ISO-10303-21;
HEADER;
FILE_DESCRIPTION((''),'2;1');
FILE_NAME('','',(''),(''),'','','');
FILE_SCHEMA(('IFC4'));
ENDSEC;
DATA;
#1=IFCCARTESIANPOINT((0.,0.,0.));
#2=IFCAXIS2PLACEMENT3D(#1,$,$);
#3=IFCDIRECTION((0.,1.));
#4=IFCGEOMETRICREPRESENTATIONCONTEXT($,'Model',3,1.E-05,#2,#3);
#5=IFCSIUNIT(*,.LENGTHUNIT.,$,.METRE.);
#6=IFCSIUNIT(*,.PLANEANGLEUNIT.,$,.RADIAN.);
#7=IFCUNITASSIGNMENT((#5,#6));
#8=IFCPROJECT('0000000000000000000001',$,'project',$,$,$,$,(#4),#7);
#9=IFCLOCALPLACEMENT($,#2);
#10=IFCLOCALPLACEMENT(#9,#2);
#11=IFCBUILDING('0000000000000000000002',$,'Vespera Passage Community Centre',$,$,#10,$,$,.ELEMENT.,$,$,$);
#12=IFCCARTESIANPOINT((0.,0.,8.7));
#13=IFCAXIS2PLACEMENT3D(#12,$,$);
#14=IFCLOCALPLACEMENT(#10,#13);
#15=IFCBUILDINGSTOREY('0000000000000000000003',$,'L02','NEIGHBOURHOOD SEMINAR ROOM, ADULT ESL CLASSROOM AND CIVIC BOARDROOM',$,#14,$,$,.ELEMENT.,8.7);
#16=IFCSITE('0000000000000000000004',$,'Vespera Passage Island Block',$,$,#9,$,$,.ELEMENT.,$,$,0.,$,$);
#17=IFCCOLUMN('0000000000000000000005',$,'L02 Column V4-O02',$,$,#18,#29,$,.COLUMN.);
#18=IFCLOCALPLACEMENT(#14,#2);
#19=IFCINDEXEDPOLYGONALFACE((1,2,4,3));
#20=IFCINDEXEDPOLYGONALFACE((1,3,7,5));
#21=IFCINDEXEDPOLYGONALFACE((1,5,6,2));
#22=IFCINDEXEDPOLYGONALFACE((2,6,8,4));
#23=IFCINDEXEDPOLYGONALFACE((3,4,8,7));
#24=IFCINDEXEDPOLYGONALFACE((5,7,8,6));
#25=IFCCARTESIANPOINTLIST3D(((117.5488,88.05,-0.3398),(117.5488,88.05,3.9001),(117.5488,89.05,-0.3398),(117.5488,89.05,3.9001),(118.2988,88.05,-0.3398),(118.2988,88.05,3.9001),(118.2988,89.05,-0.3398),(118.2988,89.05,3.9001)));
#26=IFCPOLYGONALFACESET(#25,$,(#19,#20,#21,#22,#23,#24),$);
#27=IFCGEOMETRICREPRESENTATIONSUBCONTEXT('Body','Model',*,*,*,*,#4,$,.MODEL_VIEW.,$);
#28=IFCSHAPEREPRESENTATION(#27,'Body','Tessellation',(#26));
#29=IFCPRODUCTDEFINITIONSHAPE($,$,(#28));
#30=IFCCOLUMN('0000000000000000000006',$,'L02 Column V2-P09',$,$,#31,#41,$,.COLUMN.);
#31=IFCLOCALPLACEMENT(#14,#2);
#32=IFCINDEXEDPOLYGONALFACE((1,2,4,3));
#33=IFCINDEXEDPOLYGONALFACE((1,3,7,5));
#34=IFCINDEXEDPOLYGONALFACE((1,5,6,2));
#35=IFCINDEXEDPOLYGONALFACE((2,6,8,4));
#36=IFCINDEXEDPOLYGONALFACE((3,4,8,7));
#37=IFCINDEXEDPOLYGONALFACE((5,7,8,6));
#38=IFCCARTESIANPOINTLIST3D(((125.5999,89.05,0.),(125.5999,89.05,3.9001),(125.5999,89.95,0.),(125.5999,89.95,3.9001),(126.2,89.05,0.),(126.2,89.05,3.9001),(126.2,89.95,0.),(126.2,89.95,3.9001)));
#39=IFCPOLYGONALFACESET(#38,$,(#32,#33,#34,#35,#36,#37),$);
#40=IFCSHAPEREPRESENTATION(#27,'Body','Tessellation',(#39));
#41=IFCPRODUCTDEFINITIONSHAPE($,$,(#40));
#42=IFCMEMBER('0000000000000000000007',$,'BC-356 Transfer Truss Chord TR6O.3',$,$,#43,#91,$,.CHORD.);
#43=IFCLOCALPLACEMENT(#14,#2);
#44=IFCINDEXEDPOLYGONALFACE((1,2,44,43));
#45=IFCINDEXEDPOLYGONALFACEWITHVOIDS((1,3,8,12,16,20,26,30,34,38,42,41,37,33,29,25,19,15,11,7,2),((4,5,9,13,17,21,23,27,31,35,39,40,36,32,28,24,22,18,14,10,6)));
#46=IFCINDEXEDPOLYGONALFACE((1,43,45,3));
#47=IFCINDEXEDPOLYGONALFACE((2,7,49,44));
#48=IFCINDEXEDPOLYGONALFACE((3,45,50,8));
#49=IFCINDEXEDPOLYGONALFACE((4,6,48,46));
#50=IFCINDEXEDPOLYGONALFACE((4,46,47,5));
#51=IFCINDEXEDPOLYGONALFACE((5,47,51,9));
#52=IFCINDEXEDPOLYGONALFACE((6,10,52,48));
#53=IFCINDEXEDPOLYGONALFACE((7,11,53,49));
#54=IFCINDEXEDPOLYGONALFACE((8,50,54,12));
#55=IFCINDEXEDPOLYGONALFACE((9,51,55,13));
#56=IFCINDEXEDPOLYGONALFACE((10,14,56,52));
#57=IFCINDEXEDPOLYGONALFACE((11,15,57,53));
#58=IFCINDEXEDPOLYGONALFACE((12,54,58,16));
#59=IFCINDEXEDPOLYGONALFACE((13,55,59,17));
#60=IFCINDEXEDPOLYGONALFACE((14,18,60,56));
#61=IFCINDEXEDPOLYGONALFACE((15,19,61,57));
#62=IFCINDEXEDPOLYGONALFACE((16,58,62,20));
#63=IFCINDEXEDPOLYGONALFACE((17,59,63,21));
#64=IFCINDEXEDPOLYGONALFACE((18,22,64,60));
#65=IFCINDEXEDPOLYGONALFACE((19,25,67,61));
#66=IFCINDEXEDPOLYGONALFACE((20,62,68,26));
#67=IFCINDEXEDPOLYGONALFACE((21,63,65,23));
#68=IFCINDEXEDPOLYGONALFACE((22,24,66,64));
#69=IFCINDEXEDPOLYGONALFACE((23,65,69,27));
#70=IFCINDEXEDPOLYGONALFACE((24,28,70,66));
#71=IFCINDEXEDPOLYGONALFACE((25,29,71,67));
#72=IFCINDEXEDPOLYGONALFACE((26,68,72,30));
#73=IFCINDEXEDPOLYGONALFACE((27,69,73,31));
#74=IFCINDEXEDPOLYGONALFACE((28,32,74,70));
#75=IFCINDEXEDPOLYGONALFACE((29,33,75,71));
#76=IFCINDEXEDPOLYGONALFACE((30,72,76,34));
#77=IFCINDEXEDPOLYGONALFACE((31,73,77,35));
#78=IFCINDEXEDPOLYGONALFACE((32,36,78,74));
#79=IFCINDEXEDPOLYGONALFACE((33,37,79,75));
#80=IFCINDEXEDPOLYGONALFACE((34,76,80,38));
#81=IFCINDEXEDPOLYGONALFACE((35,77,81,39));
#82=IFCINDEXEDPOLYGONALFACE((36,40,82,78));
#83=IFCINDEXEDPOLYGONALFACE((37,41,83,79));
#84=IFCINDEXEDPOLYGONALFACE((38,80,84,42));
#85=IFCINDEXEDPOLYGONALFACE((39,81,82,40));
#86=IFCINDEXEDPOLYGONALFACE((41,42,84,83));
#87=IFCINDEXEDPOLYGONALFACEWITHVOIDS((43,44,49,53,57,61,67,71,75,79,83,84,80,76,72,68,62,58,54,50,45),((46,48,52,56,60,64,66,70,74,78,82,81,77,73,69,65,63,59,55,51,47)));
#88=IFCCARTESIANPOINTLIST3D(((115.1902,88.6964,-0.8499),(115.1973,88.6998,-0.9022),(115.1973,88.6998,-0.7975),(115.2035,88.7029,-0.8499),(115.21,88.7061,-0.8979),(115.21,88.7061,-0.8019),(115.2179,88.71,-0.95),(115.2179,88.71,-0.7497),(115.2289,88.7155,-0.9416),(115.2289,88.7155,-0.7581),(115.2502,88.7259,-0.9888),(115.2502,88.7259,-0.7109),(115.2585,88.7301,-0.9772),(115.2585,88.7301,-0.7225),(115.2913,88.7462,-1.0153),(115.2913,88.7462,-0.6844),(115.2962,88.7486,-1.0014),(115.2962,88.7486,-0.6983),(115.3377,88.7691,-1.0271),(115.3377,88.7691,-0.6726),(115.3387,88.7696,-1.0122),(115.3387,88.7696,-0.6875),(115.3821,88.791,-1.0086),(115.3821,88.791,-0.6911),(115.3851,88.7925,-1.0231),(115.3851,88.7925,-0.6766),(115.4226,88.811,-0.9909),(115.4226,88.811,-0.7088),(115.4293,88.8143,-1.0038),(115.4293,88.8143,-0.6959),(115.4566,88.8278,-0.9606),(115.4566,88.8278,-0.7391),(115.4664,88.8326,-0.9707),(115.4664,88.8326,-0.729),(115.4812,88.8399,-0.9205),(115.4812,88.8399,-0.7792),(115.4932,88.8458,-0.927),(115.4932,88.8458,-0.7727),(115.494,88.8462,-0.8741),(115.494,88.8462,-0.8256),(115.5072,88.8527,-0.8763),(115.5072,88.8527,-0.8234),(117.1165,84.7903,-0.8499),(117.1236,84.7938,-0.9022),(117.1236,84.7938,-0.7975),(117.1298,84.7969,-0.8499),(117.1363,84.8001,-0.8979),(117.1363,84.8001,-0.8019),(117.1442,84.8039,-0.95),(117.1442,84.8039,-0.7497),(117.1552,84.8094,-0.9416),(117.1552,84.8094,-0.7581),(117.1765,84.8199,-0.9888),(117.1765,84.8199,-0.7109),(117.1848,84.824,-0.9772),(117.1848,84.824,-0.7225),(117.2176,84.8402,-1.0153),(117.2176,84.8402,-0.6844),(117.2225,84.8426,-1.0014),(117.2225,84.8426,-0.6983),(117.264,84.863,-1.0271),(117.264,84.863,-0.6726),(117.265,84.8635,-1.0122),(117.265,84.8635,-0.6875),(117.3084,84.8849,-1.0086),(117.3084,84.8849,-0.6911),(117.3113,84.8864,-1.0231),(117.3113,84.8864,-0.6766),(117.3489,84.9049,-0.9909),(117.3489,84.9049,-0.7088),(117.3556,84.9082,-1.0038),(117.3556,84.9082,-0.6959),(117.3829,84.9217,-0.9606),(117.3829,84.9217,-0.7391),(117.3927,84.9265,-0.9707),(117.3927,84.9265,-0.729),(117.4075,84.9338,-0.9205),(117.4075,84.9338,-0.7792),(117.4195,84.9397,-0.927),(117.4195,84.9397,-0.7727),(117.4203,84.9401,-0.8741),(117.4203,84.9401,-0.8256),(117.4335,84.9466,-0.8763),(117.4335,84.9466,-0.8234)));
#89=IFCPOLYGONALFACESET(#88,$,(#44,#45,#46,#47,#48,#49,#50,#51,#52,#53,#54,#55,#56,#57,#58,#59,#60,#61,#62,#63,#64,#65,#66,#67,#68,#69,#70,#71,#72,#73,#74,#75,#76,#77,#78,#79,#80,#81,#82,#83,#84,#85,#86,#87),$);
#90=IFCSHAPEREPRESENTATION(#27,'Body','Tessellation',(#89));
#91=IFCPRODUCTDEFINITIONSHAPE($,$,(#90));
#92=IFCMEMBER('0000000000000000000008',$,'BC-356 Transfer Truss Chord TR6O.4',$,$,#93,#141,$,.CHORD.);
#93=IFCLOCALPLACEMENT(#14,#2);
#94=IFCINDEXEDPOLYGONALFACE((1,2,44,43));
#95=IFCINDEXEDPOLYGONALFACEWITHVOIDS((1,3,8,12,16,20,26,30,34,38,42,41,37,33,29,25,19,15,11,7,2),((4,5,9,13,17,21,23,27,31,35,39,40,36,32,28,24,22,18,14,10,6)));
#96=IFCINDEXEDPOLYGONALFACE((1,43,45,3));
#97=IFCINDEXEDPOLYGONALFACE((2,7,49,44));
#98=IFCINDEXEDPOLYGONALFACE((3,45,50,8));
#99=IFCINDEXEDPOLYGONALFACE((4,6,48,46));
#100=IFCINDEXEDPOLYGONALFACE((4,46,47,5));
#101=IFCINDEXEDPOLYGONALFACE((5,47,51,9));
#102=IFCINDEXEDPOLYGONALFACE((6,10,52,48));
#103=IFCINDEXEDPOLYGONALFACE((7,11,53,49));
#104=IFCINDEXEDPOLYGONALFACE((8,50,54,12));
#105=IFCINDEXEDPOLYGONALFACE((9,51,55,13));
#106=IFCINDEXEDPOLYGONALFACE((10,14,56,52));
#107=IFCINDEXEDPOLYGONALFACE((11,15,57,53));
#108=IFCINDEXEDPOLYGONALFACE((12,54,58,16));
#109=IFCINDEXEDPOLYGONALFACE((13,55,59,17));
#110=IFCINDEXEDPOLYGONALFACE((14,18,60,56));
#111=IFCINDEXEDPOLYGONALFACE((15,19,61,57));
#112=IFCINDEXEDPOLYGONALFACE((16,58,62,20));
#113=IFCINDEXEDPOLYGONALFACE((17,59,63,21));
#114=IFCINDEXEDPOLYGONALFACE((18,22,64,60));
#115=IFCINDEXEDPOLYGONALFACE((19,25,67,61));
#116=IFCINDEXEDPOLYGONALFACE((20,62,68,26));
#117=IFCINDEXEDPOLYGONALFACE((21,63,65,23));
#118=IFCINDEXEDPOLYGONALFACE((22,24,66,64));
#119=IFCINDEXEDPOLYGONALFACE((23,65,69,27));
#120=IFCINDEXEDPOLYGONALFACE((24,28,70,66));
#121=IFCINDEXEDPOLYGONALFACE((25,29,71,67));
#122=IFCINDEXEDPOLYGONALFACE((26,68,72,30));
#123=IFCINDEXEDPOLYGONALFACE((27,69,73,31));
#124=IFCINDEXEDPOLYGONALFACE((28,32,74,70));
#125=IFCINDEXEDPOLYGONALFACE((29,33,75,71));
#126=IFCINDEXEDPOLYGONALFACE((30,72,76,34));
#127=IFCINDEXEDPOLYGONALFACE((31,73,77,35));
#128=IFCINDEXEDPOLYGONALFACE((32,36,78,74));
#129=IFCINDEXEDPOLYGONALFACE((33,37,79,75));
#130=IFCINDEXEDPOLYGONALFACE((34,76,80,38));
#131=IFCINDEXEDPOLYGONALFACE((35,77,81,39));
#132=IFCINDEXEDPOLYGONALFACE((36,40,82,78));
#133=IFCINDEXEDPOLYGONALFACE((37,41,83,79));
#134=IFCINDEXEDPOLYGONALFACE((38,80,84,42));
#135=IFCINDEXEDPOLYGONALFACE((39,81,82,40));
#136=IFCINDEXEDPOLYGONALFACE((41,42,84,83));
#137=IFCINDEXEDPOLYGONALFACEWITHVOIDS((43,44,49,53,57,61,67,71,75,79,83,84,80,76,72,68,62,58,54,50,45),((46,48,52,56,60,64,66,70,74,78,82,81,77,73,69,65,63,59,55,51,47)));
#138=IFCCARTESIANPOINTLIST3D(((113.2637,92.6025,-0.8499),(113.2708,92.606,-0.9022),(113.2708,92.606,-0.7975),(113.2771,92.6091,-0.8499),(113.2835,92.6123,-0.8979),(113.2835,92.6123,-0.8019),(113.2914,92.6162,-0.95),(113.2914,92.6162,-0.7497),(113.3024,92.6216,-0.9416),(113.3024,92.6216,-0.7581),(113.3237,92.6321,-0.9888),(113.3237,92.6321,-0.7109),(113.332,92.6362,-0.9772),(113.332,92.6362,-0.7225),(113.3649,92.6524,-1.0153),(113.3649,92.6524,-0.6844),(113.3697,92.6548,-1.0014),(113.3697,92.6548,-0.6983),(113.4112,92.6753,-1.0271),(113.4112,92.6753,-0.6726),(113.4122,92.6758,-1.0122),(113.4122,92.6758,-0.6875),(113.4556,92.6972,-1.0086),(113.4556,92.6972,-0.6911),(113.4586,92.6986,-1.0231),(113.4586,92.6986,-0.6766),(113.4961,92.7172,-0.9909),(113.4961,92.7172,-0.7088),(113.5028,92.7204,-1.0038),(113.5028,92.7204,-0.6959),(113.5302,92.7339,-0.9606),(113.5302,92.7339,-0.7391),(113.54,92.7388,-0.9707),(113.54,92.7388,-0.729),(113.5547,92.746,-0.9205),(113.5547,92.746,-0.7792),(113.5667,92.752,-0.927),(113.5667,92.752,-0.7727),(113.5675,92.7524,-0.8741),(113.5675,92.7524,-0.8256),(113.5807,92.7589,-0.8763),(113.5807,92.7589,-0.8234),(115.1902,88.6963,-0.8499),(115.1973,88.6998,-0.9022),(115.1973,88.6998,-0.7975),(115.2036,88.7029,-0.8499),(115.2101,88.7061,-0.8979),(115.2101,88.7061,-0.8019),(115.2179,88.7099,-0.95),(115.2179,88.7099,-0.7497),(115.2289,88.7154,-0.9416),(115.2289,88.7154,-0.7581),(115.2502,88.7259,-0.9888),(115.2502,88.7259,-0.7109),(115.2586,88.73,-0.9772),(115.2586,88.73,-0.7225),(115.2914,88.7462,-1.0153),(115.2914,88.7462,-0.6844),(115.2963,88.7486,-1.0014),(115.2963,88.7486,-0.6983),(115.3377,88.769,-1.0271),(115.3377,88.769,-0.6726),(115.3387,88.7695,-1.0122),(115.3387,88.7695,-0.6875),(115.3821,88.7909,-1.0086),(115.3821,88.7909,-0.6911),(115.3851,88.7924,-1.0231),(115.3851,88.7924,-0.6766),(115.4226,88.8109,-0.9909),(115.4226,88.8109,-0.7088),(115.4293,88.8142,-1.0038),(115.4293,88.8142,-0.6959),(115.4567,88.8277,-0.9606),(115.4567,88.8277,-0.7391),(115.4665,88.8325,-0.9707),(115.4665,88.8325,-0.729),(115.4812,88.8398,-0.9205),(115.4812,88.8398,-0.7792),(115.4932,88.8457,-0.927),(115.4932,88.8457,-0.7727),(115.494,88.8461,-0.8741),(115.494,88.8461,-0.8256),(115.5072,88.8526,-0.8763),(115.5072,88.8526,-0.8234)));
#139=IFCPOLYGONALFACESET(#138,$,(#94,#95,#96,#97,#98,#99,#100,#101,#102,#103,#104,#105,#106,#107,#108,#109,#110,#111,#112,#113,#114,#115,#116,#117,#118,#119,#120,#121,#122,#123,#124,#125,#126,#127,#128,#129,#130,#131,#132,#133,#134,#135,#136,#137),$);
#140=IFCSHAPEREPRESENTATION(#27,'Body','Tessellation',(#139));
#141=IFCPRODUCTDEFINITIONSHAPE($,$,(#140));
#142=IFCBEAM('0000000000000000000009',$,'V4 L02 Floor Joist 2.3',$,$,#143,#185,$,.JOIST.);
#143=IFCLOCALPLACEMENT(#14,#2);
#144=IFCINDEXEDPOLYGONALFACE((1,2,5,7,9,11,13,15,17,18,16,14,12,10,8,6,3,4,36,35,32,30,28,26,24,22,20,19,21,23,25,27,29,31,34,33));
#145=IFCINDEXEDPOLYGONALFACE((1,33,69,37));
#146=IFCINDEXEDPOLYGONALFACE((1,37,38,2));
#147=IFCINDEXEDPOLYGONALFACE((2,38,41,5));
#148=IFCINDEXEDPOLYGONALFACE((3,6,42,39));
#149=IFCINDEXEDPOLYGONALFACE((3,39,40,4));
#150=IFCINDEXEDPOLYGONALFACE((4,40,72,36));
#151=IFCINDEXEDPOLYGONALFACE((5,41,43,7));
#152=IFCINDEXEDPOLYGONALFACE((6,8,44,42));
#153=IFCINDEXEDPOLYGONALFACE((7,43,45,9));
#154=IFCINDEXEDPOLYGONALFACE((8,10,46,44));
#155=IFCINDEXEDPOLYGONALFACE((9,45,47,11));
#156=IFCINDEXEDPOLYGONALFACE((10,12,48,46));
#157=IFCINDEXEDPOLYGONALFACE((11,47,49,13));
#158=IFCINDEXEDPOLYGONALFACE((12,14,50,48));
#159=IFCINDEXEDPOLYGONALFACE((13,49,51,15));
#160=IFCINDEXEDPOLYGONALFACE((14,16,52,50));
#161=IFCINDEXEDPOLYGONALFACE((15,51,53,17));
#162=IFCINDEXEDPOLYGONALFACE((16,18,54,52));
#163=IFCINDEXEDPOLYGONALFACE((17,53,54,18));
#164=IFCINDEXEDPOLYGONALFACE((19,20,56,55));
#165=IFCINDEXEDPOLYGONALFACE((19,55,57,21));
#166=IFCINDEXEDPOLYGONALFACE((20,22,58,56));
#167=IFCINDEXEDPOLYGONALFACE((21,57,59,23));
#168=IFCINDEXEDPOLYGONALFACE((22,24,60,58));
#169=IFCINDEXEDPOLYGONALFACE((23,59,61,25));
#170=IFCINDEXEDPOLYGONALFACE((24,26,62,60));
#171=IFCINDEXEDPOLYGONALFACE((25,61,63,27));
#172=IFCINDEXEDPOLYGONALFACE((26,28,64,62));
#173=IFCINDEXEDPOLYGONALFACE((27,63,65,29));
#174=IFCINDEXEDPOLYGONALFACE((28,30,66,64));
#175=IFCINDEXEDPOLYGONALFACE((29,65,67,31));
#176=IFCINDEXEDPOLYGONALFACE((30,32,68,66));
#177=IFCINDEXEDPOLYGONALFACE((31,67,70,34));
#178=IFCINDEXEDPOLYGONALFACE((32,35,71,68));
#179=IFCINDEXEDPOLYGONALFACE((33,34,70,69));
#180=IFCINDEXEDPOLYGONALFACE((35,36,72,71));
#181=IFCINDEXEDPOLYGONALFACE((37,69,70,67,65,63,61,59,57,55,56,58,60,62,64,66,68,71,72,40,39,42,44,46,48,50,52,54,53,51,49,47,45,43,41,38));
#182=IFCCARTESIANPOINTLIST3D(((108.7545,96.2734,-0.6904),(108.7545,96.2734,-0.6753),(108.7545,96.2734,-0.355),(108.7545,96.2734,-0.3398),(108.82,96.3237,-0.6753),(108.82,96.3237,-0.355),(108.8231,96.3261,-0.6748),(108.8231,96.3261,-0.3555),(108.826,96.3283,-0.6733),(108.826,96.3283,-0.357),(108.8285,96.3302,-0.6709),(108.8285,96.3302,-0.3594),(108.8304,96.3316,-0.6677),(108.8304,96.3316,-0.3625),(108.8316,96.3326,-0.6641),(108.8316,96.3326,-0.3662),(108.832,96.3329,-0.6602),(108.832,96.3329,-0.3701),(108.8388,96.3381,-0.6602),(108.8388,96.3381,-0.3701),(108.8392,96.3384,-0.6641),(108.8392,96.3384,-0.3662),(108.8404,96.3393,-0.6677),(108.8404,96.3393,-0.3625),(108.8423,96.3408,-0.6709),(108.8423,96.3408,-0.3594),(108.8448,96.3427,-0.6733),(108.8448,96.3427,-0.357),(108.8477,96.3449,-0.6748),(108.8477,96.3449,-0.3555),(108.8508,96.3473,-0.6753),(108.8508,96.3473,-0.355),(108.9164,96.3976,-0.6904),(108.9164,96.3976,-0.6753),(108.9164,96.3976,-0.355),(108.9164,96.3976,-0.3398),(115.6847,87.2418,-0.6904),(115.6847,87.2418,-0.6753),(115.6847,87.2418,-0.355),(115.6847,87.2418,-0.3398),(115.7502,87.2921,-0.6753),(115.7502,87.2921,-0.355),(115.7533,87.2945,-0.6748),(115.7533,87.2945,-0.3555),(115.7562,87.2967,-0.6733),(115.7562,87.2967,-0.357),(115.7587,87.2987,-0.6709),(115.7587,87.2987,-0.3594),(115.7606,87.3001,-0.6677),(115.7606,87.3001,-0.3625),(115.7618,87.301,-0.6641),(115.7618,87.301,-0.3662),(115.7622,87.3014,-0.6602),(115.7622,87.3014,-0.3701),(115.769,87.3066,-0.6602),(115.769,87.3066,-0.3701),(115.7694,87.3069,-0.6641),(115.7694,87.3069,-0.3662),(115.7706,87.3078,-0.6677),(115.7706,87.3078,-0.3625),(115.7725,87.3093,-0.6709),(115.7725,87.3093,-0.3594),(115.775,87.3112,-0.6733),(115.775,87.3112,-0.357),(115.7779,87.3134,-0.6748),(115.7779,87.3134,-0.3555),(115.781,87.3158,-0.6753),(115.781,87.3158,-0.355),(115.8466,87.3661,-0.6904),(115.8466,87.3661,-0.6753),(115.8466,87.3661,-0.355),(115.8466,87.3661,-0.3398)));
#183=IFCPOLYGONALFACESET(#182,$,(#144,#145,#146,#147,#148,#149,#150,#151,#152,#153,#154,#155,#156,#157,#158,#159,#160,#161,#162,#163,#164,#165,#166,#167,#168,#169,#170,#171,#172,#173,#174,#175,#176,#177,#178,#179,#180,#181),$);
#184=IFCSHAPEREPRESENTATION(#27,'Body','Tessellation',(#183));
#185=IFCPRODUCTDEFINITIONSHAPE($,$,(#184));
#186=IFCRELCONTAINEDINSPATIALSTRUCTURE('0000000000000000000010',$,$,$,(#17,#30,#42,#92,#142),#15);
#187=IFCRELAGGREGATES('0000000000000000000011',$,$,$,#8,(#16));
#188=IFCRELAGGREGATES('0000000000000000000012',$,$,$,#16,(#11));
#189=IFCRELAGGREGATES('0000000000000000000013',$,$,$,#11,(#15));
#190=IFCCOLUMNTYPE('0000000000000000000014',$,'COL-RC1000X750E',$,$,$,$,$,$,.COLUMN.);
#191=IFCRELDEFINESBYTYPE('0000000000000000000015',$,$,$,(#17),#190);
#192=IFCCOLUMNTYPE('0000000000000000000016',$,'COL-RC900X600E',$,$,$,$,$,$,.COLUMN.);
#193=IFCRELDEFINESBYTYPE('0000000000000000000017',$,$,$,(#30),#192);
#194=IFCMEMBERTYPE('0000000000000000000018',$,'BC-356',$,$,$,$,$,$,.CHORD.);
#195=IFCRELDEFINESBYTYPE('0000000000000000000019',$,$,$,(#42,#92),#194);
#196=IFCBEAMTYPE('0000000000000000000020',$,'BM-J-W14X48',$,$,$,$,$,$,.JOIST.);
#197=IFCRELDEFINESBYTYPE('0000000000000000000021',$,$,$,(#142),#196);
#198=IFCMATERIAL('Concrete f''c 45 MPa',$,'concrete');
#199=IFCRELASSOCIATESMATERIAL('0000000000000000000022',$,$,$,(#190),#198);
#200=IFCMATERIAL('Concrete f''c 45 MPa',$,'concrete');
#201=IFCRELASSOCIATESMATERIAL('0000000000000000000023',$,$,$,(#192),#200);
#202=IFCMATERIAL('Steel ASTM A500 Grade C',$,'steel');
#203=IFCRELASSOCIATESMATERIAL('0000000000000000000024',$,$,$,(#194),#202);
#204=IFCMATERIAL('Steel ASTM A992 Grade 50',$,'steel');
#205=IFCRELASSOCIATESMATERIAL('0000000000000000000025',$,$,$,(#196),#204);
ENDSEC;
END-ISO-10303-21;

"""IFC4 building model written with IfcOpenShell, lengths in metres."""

from ifc_helpers import new_model, si_unit, direction, frame, origin, origin_2d, place, context, subcontext, project, spatial, rectangle, hollow_circle, i_section, extrude, material, material_profile, profile_set, type_object, element, save


model = new_model("IFC4")

# Units and contexts
model_context = context("Model", 3, precision=1e-05, world=origin(), true_north=direction((0.0, 1.0)))
body_context = subcontext(model_context, "Body", "Model", "MODEL_VIEW")
ifc_project = project(units=[si_unit("LENGTHUNIT", "METRE"), si_unit("PLANEANGLEUNIT", "RADIAN")], contexts=[model_context])

# Site, building, storey
site_placement = place(None, origin())
site = spatial("IfcSite", under=ifc_project, at=site_placement, Name="Vespera Passage Island Block", CompositionType="ELEMENT", RefElevation=0.0)
building_placement = place(site_placement, origin())
building = spatial("IfcBuilding", under=site, at=building_placement, Name="Vespera Passage Community Centre", CompositionType="ELEMENT")
storey_placement = place(building_placement, frame((0.0, 0.0, 8.7)))
storey = spatial("IfcBuildingStorey", under=building, at=storey_placement, Name="L02", Description="NEIGHBOURHOOD SEMINAR ROOM, ADULT ESL CLASSROOM AND CIVIC BOARDROOM", CompositionType="ELEMENT", Elevation=8.7)

# Columns
ifc_material_1 = material(Name="Concrete f'c 45 MPa", Category="concrete")
ifc_material_profile_1 = material_profile(ifc_material_1, rectangle(XDim=0.75, YDim=1.0, at=origin_2d()), Name="RC1000X750")
ifc_profile_set_1 = profile_set([ifc_material_profile_1], Name="Concrete f'c 45 MPa")
column_type_1 = type_object("IfcColumnType", Name="COL-RC1000X750E", PredefinedType="COLUMN", material=ifc_profile_set_1)
column_1_placement = place(storey_placement, frame((117.9238, 88.55, -0.3398), z_axis=(0.0, 0.0, 1.0), x_axis=(1.0, 0.0, 0.0)))
element("IfcColumn", 1, at=column_1_placement, inside=storey, type_object=column_type_1, Name="L02 Column V4-O02", PredefinedType="COLUMN", context=body_context, shape_type="SweptSolid", body=[
    extrude(rectangle(XDim=0.75, YDim=1.0, at=origin_2d()), origin(), (0.0, 0.0, 1.0), 4.24),
])
ifc_material_2 = material(Name="Concrete f'c 45 MPa", Category="concrete")
ifc_material_profile_2 = material_profile(ifc_material_2, rectangle(XDim=0.6001, YDim=0.8999, at=origin_2d()), Name="RC900X600")
ifc_profile_set_2 = profile_set([ifc_material_profile_2], Name="Concrete f'c 45 MPa")
column_type_2 = type_object("IfcColumnType", Name="COL-RC900X600E", PredefinedType="COLUMN", material=ifc_profile_set_2)
column_2_placement = place(storey_placement, frame((125.8999, 89.5, 0.0), z_axis=(0.0, 0.0, 1.0), x_axis=(1.0, 0.0, 0.0)))
element("IfcColumn", 2, at=column_2_placement, inside=storey, type_object=column_type_2, Name="L02 Column V2-P09", PredefinedType="COLUMN", context=body_context, shape_type="SweptSolid", body=[
    extrude(rectangle(XDim=0.6001, YDim=0.8999, at=origin_2d()), origin(), (0.0, 0.0, 1.0), 3.9001),
])

# Members
ifc_material_3 = material(Name="Steel ASTM A500 Grade C", Category="steel")
ifc_material_profile_3 = material_profile(ifc_material_3, hollow_circle(Radius=0.1777, WallThickness=0.0149, at=origin_2d()), Name="CHS356X15.9")
ifc_profile_set_3 = profile_set([ifc_material_profile_3], Name="Steel ASTM A500 Grade C")
member_type_1 = type_object("IfcMemberType", Name="BC-356", PredefinedType="CHORD", material=ifc_profile_set_3)
member_1_placement = place(storey_placement, frame((117.2759, 84.8689, -0.8499), z_axis=(-0.442296, 0.896869, 0.0), x_axis=(-0.896869, -0.442296, 0.0)))
element("IfcMember", 3, at=member_1_placement, inside=storey, type_object=member_type_1, Name="BC-356 Transfer Truss Chord TR6O.3", PredefinedType="CHORD", context=body_context, shape_type="SweptSolid", body=[
    extrude(hollow_circle(Radius=0.1777, WallThickness=0.0149, at=origin_2d()), origin(), (0.0, 0.0, 1.0), 4.3552),
])
member_2_placement = place(storey_placement, frame((115.3496, 88.7749, -0.8499), z_axis=(-0.442319, 0.896858, 0.0), x_axis=(-0.896858, -0.442319, 0.0)))
element("IfcMember", 4, at=member_2_placement, inside=storey, type_object=member_type_1, Name="BC-356 Transfer Truss Chord TR6O.4", PredefinedType="CHORD", context=body_context, shape_type="SweptSolid", body=[
    extrude(hollow_circle(Radius=0.1777, WallThickness=0.0149, at=origin_2d()), origin(), (0.0, 0.0, 1.0), 4.3555),
])

# Beam
ifc_material_4 = material(Name="Steel ASTM A992 Grade 50", Category="steel")
ifc_material_profile_4 = material_profile(ifc_material_4, i_section(OverallWidth=0.2041, OverallDepth=0.3506, WebThickness=0.0085, FlangeThickness=0.0151, FilletRadius=0.0151, at=origin_2d()), Name="W14X48")
ifc_profile_set_4 = profile_set([ifc_material_profile_4], Name="Steel ASTM A992 Grade 50")
beam_type_1 = type_object("IfcBeamType", Name="BM-J-W14X48", PredefinedType="JOIST", material=ifc_profile_set_4)
beam_1_placement = place(storey_placement, frame((115.7656, 87.304, -0.5151), z_axis=(-0.608765, 0.793351, 0.0), x_axis=(-0.793351, -0.608765, 0.0)))
element("IfcBeam", 5, at=beam_1_placement, inside=storey, type_object=beam_type_1, Name="V4 L02 Floor Joist 2.3", PredefinedType="JOIST", context=body_context, shape_type="SweptSolid", body=[
    extrude(i_section(OverallWidth=0.2041, OverallDepth=0.3506, WebThickness=0.0085, FlangeThickness=0.0151, FilletRadius=0.0151, at=origin_2d()), origin(), (0.0, 0.0, 1.0), 11.384),
])

save(model, "model.ifc")
